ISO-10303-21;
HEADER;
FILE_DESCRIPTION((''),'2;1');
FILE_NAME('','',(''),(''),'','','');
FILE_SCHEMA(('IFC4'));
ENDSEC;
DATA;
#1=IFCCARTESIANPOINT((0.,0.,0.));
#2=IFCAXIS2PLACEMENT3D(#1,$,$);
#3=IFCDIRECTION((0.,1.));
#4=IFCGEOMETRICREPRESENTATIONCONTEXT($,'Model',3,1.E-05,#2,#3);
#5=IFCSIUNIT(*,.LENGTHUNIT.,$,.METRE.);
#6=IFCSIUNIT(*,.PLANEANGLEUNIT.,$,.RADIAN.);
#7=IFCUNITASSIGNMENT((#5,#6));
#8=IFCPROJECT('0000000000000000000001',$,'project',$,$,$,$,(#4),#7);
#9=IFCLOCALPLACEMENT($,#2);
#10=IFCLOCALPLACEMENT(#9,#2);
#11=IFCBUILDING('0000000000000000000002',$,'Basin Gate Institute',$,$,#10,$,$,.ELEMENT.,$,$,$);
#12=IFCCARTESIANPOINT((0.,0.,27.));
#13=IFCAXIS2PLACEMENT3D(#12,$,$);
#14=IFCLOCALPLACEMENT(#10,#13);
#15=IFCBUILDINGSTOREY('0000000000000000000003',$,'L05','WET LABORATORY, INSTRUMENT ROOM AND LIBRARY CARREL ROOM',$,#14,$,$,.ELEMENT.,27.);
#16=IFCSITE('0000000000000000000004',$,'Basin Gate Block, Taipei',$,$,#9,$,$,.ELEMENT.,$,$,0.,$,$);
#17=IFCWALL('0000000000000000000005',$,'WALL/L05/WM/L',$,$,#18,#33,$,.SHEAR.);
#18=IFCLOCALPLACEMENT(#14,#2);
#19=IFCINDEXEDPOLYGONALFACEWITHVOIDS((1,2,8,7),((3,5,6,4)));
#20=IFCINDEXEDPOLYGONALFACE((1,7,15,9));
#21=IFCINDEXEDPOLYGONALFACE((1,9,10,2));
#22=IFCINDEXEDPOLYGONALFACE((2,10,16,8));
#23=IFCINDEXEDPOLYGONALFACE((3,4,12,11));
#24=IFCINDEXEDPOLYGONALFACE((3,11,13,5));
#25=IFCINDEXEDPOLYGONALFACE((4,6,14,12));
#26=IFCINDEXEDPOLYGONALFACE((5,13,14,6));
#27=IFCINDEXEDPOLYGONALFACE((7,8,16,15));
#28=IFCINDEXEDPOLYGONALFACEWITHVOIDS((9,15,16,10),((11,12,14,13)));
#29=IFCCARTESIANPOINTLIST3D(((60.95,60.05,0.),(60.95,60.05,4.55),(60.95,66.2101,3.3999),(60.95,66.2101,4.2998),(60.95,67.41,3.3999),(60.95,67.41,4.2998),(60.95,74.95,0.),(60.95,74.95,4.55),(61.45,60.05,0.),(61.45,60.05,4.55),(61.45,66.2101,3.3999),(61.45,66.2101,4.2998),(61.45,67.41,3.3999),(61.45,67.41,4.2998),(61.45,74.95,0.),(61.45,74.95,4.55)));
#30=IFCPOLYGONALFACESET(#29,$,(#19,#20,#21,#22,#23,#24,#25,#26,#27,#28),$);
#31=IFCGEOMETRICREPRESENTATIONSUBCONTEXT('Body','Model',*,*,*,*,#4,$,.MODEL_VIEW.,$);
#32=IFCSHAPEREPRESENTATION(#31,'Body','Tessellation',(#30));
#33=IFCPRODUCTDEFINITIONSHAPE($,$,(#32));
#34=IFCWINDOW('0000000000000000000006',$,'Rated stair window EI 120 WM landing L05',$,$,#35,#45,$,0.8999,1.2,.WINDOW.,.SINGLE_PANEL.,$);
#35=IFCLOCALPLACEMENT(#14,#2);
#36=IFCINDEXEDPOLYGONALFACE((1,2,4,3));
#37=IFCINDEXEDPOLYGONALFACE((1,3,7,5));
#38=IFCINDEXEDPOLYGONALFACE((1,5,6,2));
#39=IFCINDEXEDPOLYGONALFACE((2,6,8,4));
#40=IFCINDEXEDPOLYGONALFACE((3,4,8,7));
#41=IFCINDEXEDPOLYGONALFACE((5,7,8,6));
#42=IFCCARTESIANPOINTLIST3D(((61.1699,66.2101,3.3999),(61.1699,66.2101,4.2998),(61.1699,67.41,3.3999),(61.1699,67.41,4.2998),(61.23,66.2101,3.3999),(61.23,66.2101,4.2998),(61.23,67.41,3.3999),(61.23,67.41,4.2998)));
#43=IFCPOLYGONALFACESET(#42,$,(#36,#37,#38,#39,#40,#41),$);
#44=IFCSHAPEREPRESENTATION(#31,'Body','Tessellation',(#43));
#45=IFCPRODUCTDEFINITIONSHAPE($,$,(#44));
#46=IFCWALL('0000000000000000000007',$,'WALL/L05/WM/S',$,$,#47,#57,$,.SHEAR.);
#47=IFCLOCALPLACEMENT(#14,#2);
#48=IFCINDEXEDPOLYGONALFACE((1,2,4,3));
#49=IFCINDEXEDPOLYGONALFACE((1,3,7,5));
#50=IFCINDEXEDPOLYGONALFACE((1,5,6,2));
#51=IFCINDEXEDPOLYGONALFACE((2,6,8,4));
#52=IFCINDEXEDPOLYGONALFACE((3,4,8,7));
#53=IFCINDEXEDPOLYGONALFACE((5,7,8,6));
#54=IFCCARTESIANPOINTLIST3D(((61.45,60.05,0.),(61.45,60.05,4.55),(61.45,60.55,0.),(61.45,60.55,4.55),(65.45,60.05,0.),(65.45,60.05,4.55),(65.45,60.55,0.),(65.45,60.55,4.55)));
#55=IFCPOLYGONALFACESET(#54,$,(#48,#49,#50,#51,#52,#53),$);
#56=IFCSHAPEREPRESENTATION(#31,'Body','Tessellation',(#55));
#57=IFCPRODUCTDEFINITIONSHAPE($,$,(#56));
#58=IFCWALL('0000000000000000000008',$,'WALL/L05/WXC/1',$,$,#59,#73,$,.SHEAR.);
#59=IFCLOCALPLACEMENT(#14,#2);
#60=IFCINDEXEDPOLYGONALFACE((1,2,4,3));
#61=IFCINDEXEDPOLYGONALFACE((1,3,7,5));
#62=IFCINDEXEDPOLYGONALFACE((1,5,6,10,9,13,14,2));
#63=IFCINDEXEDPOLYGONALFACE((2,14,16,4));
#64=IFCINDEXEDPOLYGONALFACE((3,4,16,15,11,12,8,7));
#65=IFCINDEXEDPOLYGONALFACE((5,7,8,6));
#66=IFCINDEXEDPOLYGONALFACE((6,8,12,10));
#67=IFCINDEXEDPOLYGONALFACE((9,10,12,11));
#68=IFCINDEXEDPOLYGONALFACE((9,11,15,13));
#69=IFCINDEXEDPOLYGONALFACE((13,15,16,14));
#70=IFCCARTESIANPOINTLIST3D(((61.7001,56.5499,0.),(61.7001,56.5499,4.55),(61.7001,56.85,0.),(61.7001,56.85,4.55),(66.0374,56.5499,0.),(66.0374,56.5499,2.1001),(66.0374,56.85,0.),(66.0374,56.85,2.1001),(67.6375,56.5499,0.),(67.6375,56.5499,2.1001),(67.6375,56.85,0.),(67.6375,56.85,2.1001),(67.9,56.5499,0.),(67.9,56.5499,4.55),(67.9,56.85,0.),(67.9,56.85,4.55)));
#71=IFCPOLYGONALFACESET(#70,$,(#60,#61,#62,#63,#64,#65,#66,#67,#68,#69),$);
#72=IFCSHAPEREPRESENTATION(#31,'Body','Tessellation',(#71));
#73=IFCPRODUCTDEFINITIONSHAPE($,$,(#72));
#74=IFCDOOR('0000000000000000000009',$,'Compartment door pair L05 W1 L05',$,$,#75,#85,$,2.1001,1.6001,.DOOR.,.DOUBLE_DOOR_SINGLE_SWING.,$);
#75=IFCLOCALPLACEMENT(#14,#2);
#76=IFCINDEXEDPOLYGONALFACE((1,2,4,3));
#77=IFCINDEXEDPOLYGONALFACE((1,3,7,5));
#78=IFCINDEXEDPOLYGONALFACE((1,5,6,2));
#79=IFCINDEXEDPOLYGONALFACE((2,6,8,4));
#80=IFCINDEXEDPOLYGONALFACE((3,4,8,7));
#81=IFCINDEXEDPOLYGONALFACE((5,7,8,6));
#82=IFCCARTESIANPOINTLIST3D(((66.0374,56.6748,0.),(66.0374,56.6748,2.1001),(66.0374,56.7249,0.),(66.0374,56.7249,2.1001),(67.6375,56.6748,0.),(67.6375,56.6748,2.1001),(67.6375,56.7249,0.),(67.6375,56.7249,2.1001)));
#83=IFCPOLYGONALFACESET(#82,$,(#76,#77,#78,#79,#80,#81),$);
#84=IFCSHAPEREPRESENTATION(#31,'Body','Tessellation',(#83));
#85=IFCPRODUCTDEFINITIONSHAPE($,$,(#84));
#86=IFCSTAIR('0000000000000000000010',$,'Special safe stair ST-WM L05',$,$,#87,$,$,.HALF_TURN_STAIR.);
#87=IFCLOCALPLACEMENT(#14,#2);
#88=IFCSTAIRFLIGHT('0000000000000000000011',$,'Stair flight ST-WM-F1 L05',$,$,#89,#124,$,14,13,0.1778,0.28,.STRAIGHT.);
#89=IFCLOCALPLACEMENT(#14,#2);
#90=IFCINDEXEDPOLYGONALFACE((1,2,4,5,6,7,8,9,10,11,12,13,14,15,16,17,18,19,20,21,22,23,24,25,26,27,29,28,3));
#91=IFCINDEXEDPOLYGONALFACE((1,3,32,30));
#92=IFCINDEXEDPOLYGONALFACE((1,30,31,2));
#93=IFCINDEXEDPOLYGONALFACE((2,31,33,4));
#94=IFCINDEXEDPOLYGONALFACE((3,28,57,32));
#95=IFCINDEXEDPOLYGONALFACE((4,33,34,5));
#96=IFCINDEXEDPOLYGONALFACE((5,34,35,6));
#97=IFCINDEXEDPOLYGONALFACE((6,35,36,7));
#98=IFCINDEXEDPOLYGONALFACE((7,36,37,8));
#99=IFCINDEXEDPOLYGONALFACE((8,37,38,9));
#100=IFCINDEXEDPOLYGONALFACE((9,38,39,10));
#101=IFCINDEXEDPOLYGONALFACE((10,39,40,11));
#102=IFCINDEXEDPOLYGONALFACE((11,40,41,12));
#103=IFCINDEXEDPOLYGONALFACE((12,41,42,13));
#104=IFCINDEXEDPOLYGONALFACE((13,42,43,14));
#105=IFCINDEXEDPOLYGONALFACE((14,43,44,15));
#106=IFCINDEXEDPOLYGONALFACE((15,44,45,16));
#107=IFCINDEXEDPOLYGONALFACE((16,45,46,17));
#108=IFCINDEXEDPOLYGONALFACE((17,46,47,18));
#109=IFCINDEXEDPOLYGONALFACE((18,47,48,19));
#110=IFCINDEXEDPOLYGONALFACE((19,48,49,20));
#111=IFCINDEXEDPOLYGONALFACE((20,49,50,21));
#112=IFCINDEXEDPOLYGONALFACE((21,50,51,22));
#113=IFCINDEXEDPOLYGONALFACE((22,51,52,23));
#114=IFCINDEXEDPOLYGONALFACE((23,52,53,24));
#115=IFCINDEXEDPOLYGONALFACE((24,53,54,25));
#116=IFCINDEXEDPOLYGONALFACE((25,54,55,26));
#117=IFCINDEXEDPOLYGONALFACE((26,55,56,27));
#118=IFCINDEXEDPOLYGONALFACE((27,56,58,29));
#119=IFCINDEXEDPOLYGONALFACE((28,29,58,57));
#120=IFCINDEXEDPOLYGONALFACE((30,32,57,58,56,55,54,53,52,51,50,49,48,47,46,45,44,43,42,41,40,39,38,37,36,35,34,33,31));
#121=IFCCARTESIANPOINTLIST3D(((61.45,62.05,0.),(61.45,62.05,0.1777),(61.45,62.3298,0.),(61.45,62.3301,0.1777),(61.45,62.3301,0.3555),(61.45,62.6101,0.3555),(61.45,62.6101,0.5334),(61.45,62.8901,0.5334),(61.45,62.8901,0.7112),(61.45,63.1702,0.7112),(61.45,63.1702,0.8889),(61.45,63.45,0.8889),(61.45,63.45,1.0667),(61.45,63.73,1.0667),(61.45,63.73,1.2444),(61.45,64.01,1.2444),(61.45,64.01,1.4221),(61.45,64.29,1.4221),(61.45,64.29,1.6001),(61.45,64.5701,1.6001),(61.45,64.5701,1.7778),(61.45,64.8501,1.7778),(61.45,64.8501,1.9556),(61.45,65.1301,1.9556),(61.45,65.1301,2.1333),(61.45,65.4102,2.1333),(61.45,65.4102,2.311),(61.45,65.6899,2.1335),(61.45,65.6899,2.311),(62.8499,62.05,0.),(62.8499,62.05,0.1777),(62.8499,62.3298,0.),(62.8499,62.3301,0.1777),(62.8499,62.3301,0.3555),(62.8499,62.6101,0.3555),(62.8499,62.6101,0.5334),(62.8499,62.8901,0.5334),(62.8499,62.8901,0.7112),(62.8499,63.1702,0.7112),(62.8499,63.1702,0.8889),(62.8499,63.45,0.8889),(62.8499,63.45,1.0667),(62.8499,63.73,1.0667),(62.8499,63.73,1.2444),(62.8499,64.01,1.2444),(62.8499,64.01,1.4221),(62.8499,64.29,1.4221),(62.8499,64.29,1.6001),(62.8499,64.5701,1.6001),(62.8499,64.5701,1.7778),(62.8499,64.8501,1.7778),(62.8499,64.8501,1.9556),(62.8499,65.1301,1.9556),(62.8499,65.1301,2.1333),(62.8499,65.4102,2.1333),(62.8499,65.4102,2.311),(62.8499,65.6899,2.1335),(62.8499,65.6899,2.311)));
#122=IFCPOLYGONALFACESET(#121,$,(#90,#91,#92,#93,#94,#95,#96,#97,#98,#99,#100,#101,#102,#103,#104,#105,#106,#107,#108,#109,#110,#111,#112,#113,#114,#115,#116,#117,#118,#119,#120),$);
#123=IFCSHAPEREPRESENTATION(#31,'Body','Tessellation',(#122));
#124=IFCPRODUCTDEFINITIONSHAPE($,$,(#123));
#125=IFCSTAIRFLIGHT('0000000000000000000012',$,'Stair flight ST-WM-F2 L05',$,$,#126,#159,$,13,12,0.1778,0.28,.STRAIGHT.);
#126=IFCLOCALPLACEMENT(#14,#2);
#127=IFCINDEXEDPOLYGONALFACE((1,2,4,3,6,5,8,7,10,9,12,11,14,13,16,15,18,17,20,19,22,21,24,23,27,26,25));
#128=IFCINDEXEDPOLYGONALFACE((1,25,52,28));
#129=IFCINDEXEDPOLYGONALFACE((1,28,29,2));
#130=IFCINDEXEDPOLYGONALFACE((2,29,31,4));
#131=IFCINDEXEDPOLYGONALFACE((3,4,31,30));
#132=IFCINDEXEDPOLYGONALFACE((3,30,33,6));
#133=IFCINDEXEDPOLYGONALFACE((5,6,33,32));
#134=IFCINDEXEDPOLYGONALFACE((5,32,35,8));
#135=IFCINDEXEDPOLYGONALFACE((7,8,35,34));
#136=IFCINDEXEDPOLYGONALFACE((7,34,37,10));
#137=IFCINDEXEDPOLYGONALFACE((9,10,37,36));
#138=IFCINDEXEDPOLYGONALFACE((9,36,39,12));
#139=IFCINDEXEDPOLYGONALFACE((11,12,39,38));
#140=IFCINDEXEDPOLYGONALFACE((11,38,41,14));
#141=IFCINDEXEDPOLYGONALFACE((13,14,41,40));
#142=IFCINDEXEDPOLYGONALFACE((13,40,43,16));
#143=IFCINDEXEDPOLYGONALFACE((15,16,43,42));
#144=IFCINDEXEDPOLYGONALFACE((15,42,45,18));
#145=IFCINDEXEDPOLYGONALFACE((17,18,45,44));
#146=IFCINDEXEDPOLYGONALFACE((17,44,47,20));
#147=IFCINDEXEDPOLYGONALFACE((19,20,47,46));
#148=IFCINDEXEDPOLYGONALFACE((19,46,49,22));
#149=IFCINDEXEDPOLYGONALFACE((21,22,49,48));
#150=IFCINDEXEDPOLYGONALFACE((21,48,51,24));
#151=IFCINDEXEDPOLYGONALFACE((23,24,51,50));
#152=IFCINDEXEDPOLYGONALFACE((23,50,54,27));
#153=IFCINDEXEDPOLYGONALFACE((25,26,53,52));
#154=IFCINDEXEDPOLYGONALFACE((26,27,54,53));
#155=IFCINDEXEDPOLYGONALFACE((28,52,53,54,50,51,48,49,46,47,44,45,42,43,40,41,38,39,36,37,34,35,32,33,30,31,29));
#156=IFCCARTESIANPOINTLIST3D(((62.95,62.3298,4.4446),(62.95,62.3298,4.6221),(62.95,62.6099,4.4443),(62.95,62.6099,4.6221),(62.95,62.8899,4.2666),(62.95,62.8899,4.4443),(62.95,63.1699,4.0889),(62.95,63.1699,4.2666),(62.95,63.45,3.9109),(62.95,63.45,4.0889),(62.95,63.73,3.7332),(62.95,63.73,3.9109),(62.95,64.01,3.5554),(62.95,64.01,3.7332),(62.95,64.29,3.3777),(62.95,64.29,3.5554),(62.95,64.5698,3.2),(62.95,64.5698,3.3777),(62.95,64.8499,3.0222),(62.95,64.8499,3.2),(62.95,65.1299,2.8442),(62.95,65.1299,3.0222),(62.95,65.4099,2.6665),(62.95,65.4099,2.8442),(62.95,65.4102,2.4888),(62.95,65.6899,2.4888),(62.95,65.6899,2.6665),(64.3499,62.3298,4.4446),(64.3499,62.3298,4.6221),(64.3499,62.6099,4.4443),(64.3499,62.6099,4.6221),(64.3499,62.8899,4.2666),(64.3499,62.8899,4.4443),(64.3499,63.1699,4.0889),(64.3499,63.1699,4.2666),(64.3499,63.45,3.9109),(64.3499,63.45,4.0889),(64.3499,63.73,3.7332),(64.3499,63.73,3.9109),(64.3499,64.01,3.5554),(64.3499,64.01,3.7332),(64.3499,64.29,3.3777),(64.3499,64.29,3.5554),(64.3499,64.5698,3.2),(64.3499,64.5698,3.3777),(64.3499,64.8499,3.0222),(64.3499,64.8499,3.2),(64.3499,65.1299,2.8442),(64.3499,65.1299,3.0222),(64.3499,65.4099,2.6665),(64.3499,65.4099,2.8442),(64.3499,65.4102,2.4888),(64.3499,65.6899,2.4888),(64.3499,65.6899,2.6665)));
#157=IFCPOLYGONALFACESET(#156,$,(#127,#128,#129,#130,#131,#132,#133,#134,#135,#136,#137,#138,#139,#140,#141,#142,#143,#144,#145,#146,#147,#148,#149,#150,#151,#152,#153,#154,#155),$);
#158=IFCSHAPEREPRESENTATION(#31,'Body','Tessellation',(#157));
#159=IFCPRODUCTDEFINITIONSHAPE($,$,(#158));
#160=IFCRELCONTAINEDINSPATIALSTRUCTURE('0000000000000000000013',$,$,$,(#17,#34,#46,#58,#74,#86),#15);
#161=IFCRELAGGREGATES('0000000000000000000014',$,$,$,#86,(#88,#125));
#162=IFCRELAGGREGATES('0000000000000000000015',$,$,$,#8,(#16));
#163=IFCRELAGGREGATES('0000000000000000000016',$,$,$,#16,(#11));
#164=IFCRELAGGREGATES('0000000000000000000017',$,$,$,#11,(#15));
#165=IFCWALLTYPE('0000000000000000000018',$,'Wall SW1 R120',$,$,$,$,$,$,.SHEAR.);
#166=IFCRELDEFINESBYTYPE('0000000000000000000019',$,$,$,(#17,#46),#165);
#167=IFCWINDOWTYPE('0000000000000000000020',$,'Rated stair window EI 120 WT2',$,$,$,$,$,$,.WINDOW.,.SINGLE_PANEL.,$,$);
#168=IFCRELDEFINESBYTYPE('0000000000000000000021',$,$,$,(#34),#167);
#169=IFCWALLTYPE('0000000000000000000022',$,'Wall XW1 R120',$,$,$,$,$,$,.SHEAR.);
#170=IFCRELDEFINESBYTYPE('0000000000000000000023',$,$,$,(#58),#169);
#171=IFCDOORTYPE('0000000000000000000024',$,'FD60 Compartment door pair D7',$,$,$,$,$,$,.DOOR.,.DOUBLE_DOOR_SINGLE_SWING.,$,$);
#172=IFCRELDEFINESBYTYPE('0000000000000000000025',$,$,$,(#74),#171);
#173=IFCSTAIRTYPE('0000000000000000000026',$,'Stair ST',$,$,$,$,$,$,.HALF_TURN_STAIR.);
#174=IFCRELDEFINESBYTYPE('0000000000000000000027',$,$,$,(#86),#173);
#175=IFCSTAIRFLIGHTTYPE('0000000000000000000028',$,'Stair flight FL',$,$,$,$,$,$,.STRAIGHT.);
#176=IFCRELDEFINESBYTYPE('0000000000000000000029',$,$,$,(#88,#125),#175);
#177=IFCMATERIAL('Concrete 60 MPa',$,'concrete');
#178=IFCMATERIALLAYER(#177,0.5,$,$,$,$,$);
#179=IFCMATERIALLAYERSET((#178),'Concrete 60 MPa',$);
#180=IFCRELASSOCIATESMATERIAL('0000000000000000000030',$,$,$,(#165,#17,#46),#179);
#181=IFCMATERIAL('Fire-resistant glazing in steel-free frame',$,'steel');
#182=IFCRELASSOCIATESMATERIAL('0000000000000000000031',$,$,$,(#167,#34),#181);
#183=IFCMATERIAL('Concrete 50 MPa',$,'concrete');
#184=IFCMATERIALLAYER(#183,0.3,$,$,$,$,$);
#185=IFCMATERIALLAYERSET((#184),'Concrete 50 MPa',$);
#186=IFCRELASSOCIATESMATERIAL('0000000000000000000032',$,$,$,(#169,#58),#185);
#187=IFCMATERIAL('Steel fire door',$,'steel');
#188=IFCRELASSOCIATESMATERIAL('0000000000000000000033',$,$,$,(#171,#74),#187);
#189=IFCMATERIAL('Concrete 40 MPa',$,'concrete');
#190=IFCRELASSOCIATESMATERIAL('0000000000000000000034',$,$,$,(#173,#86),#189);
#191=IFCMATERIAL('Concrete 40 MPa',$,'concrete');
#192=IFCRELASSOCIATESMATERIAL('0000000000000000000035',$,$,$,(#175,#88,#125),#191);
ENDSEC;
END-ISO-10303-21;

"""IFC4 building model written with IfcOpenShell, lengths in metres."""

from ifc_helpers import new_model, si_unit, direction, frame, frame_2d, origin, place, context, subcontext, project, spatial, polyline, rectangle, outline, extrude, material, layer, layer_set, type_object, element, fill, aggregate, save


model = new_model("IFC4")

# Units and contexts
model_context = context("Model", 3, precision=1e-05, world=origin(), true_north=direction((0.0, 1.0)))
body_context = subcontext(model_context, "Body", "Model", "MODEL_VIEW")
ifc_project = project(units=[si_unit("LENGTHUNIT", "METRE"), si_unit("PLANEANGLEUNIT", "RADIAN")], contexts=[model_context])

# Site, building, storey
site_placement = place(None, origin())
site = spatial("IfcSite", under=ifc_project, at=site_placement, Name="Basin Gate Block, Taipei", CompositionType="ELEMENT", RefElevation=0.0)
building_placement = place(site_placement, origin())
building = spatial("IfcBuilding", under=site, at=building_placement, Name="Basin Gate Institute", CompositionType="ELEMENT")
storey_placement = place(building_placement, frame((0.0, 0.0, 27.0)))
storey = spatial("IfcBuildingStorey", under=building, at=storey_placement, Name="L05", Description="WET LABORATORY, INSTRUMENT ROOM AND LIBRARY CARREL ROOM", CompositionType="ELEMENT", Elevation=27.0)

# Wall, opening, window
ifc_material_1 = material(Name="Concrete 60 MPa", Category="concrete")
ifc_layer_1 = layer(ifc_material_1, 0.5)
ifc_layer_set_1 = layer_set([ifc_layer_1], Name="Concrete 60 MPa")
wall_type_1 = type_object("IfcWallType", Name="Wall SW1 R120", PredefinedType="SHEAR", material=ifc_layer_set_1)
wall_1_placement = place(storey_placement, frame((61.2, 60.05, 0.0), z_axis=(0.0, 0.0, 1.0), x_axis=(0.0, 1.0, 0.0)))
wall_1 = element("IfcWall", 1, at=wall_1_placement, inside=storey, type_object=wall_type_1, material=ifc_layer_set_1, Name="WALL/L05/WM/L", PredefinedType="SHEAR", context=body_context, shape_type="SweptSolid", body=[
    extrude(rectangle(XDim=14.8999, YDim=0.5, at=frame_2d((7.45, 0.0))), origin(), (0.0, 0.0, 1.0), 4.55),
])
opening_1_placement = place(wall_1_placement, frame((6.1599, 0.0, 3.3999)))
opening_1 = element("IfcOpeningElement", 2, at=opening_1_placement, cuts=wall_1, PredefinedType="OPENING", context=body_context, shape_type="SweptSolid", body=[
    extrude(rectangle(XDim=1.2, YDim=0.8999, at=frame_2d((0.6001, 0.45))), frame((0.0, 0.26, 0.0), z_axis=(0.0, -1.0, 0.0), x_axis=(1.0, 0.0, 0.0)), (0.0, 0.0, 1.0), 0.52),
])
ifc_material_2 = material(Name="Fire-resistant glazing in steel-free frame", Category="steel")
window_type = type_object("IfcWindowType", Name="Rated stair window EI 120 WT2", PartitioningType="SINGLE_PANEL", PredefinedType="WINDOW", material=ifc_material_2)
window_placement = place(opening_1_placement, origin())
window = element("IfcWindow", 3, at=window_placement, inside=storey, type_object=window_type, material=ifc_material_2, Name="Rated stair window EI 120 WM landing L05", OverallHeight=0.8999, OverallWidth=1.2, PartitioningType="SINGLE_PANEL", PredefinedType="WINDOW", context=body_context, shape_type="SweptSolid", body=[
    extrude(rectangle(XDim=1.2, YDim=0.8999, at=frame_2d((0.6001, 0.45))), frame((0.0, 0.03, 0.0), z_axis=(0.0, -1.0, 0.0), x_axis=(1.0, 0.0, 0.0)), (0.0, 0.0, 1.0), 0.0601),
])
fill(opening_1, window)

# Wall
wall_2_placement = place(storey_placement, frame((61.45, 60.3, 0.0), z_axis=(0.0, 0.0, 1.0), x_axis=(1.0, 0.0, 0.0)))
element("IfcWall", 4, at=wall_2_placement, inside=storey, type_object=wall_type_1, material=ifc_layer_set_1, Name="WALL/L05/WM/S", PredefinedType="SHEAR", context=body_context, shape_type="SweptSolid", body=[
    extrude(rectangle(XDim=4.0, YDim=0.5, at=frame_2d((2.0, 0.0))), origin(), (0.0, 0.0, 1.0), 4.55),
])

# Wall, opening, door
ifc_material_3 = material(Name="Concrete 50 MPa", Category="concrete")
ifc_layer_2 = layer(ifc_material_3, 0.3)
ifc_layer_set_2 = layer_set([ifc_layer_2], Name="Concrete 50 MPa")
wall_type_2 = type_object("IfcWallType", Name="Wall XW1 R120", PredefinedType="SHEAR", material=ifc_layer_set_2)
wall_3_placement = place(storey_placement, frame((61.7, 56.7, 0.0), z_axis=(0.0, 0.0, 1.0), x_axis=(1.0, 0.0, 0.0)))
wall_3 = element("IfcWall", 5, at=wall_3_placement, inside=storey, type_object=wall_type_2, material=ifc_layer_set_2, Name="WALL/L05/WXC/1", PredefinedType="SHEAR", context=body_context, shape_type="SweptSolid", body=[
    extrude(rectangle(XDim=6.2, YDim=0.3, at=frame_2d((3.1001, 0.0))), origin(), (0.0, 0.0, 1.0), 4.55),
])
opening_2_placement = place(wall_3_placement, frame((4.3374, 0.0, 0.0)))
opening_2 = element("IfcOpeningElement", 6, at=opening_2_placement, cuts=wall_3, PredefinedType="OPENING", context=body_context, shape_type="SweptSolid", body=[
    extrude(rectangle(XDim=1.6001, YDim=2.1001, at=frame_2d((0.8, 1.05))), frame((0.0, 0.1602, 0.0), z_axis=(0.0, -1.0, 0.0), x_axis=(1.0, 0.0, 0.0)), (0.0, 0.0, 1.0), 0.3201),
])
ifc_material_4 = material(Name="Steel fire door", Category="steel")
door_type = type_object("IfcDoorType", Name="FD60 Compartment door pair D7", OperationType="DOUBLE_DOOR_SINGLE_SWING", PredefinedType="DOOR", material=ifc_material_4)
door_placement = place(opening_2_placement, origin())
door = element("IfcDoor", 7, at=door_placement, inside=storey, type_object=door_type, material=ifc_material_4, Name="Compartment door pair L05 W1 L05", OperationType="DOUBLE_DOOR_SINGLE_SWING", OverallHeight=2.1001, OverallWidth=1.6001, PredefinedType="DOOR", context=body_context, shape_type="SweptSolid", body=[
    extrude(rectangle(XDim=1.6001, YDim=2.1001, at=frame_2d((0.8, 1.05))), frame((0.0, 0.0249, 0.0), z_axis=(0.0, -1.0, 0.0), x_axis=(1.0, 0.0, 0.0)), (0.0, 0.0, 1.0), 0.05),
])
fill(opening_2, door)

# Stair, stair flights
ifc_material_5 = material(Name="Concrete 40 MPa", Category="concrete")
stair_type = type_object("IfcStairType", Name="Stair ST", PredefinedType="HALF_TURN_STAIR", material=ifc_material_5)
stair_placement = place(storey_placement, origin())
stair = element("IfcStair", 8, at=stair_placement, inside=storey, type_object=stair_type, material=ifc_material_5, Name="Special safe stair ST-WM L05", PredefinedType="HALF_TURN_STAIR")
ifc_material_6 = material(Name="Concrete 40 MPa", Category="concrete")
stair_flight_type = type_object("IfcStairFlightType", Name="Stair flight FL", PredefinedType="STRAIGHT", material=ifc_material_6)
stair_flight_1_placement = place(storey_placement, frame((62.1499, 62.05, 0.0), z_axis=(0.0, 0.0, 1.0), x_axis=(0.0, 1.0, 0.0)))
stair_flight_1 = element("IfcStairFlight", 9, at=stair_flight_1_placement, type_object=stair_flight_type, material=ifc_material_6, Name="Stair flight ST-WM-F1 L05", NumberOfRisers=14, NumberOfTreads=13, PredefinedType="STRAIGHT", RiserHeight=0.1778, TreadLength=0.28, context=body_context, shape_type="SweptSolid", body=[
    extrude(outline(polyline([(0.0, 0.0), (0.0, 0.1777), (0.28, 0.1777), (0.28, 0.3555), (0.5601, 0.3555), (0.5601, 0.5334), (0.8401, 0.5334), (0.8401, 0.7112), (1.1201, 0.7112), (1.1201, 0.8889), (1.3999, 0.8889), (1.3999, 1.0667), (1.6799, 1.0667), (1.6799, 1.2444), (1.96, 1.2444), (1.96, 1.4221), (2.24, 1.4221), (2.24, 1.6001), (2.52, 1.6001), (2.52, 1.7778), (2.8, 1.7778), (2.8, 1.9556), (3.0801, 1.9556), (3.0801, 2.1333), (3.3601, 2.1333), (3.3601, 2.311), (3.6399, 2.311), (3.6399, 2.4888), (3.6399, 2.1335), (0.2798, 0.0), (0.0, 0.0)])), frame((0.0, 0.7, 0.0), z_axis=(0.0, -1.0, 0.0), x_axis=(1.0, 0.0, 0.0)), (0.0, 0.0, 1.0), 1.3999),
])
stair_flight_2_placement = place(storey_placement, frame((63.6499, 65.6899, 2.4888), z_axis=(0.0, 0.0, 1.0), x_axis=(0.0, -1.0, 0.0)))
stair_flight_2 = element("IfcStairFlight", 10, at=stair_flight_2_placement, type_object=stair_flight_type, material=ifc_material_6, Name="Stair flight ST-WM-F2 L05", NumberOfRisers=13, NumberOfTreads=12, PredefinedType="STRAIGHT", RiserHeight=0.1778, TreadLength=0.28, context=body_context, shape_type="SweptSolid", body=[
    extrude(outline(polyline([(0.0, 0.0), (0.0, 0.1777), (0.28, 0.1777), (0.28, 0.3555), (0.5601, 0.3555), (0.5601, 0.5334), (0.8401, 0.5334), (0.8401, 0.7112), (1.1201, 0.7112), (1.1201, 0.8889), (1.3999, 0.8889), (1.3999, 1.0667), (1.6799, 1.0667), (1.6799, 1.2444), (1.96, 1.2444), (1.96, 1.4221), (2.24, 1.4221), (2.24, 1.6001), (2.52, 1.6001), (2.52, 1.7778), (2.8, 1.7778), (2.8, 1.9556), (3.0801, 1.9556), (3.0801, 2.1333), (3.3601, 2.1333), (3.3601, 2.311), (3.3601, 1.9558), (0.2798, 0.0), (0.0, 0.0)])), frame((0.0, 0.7, 0.0), z_axis=(0.0, -1.0, 0.0), x_axis=(1.0, 0.0, 0.0)), (0.0, 0.0, 1.0), 1.3999),
])
aggregate(stair, [stair_flight_1, stair_flight_2])

save(model, "model.ifc")
